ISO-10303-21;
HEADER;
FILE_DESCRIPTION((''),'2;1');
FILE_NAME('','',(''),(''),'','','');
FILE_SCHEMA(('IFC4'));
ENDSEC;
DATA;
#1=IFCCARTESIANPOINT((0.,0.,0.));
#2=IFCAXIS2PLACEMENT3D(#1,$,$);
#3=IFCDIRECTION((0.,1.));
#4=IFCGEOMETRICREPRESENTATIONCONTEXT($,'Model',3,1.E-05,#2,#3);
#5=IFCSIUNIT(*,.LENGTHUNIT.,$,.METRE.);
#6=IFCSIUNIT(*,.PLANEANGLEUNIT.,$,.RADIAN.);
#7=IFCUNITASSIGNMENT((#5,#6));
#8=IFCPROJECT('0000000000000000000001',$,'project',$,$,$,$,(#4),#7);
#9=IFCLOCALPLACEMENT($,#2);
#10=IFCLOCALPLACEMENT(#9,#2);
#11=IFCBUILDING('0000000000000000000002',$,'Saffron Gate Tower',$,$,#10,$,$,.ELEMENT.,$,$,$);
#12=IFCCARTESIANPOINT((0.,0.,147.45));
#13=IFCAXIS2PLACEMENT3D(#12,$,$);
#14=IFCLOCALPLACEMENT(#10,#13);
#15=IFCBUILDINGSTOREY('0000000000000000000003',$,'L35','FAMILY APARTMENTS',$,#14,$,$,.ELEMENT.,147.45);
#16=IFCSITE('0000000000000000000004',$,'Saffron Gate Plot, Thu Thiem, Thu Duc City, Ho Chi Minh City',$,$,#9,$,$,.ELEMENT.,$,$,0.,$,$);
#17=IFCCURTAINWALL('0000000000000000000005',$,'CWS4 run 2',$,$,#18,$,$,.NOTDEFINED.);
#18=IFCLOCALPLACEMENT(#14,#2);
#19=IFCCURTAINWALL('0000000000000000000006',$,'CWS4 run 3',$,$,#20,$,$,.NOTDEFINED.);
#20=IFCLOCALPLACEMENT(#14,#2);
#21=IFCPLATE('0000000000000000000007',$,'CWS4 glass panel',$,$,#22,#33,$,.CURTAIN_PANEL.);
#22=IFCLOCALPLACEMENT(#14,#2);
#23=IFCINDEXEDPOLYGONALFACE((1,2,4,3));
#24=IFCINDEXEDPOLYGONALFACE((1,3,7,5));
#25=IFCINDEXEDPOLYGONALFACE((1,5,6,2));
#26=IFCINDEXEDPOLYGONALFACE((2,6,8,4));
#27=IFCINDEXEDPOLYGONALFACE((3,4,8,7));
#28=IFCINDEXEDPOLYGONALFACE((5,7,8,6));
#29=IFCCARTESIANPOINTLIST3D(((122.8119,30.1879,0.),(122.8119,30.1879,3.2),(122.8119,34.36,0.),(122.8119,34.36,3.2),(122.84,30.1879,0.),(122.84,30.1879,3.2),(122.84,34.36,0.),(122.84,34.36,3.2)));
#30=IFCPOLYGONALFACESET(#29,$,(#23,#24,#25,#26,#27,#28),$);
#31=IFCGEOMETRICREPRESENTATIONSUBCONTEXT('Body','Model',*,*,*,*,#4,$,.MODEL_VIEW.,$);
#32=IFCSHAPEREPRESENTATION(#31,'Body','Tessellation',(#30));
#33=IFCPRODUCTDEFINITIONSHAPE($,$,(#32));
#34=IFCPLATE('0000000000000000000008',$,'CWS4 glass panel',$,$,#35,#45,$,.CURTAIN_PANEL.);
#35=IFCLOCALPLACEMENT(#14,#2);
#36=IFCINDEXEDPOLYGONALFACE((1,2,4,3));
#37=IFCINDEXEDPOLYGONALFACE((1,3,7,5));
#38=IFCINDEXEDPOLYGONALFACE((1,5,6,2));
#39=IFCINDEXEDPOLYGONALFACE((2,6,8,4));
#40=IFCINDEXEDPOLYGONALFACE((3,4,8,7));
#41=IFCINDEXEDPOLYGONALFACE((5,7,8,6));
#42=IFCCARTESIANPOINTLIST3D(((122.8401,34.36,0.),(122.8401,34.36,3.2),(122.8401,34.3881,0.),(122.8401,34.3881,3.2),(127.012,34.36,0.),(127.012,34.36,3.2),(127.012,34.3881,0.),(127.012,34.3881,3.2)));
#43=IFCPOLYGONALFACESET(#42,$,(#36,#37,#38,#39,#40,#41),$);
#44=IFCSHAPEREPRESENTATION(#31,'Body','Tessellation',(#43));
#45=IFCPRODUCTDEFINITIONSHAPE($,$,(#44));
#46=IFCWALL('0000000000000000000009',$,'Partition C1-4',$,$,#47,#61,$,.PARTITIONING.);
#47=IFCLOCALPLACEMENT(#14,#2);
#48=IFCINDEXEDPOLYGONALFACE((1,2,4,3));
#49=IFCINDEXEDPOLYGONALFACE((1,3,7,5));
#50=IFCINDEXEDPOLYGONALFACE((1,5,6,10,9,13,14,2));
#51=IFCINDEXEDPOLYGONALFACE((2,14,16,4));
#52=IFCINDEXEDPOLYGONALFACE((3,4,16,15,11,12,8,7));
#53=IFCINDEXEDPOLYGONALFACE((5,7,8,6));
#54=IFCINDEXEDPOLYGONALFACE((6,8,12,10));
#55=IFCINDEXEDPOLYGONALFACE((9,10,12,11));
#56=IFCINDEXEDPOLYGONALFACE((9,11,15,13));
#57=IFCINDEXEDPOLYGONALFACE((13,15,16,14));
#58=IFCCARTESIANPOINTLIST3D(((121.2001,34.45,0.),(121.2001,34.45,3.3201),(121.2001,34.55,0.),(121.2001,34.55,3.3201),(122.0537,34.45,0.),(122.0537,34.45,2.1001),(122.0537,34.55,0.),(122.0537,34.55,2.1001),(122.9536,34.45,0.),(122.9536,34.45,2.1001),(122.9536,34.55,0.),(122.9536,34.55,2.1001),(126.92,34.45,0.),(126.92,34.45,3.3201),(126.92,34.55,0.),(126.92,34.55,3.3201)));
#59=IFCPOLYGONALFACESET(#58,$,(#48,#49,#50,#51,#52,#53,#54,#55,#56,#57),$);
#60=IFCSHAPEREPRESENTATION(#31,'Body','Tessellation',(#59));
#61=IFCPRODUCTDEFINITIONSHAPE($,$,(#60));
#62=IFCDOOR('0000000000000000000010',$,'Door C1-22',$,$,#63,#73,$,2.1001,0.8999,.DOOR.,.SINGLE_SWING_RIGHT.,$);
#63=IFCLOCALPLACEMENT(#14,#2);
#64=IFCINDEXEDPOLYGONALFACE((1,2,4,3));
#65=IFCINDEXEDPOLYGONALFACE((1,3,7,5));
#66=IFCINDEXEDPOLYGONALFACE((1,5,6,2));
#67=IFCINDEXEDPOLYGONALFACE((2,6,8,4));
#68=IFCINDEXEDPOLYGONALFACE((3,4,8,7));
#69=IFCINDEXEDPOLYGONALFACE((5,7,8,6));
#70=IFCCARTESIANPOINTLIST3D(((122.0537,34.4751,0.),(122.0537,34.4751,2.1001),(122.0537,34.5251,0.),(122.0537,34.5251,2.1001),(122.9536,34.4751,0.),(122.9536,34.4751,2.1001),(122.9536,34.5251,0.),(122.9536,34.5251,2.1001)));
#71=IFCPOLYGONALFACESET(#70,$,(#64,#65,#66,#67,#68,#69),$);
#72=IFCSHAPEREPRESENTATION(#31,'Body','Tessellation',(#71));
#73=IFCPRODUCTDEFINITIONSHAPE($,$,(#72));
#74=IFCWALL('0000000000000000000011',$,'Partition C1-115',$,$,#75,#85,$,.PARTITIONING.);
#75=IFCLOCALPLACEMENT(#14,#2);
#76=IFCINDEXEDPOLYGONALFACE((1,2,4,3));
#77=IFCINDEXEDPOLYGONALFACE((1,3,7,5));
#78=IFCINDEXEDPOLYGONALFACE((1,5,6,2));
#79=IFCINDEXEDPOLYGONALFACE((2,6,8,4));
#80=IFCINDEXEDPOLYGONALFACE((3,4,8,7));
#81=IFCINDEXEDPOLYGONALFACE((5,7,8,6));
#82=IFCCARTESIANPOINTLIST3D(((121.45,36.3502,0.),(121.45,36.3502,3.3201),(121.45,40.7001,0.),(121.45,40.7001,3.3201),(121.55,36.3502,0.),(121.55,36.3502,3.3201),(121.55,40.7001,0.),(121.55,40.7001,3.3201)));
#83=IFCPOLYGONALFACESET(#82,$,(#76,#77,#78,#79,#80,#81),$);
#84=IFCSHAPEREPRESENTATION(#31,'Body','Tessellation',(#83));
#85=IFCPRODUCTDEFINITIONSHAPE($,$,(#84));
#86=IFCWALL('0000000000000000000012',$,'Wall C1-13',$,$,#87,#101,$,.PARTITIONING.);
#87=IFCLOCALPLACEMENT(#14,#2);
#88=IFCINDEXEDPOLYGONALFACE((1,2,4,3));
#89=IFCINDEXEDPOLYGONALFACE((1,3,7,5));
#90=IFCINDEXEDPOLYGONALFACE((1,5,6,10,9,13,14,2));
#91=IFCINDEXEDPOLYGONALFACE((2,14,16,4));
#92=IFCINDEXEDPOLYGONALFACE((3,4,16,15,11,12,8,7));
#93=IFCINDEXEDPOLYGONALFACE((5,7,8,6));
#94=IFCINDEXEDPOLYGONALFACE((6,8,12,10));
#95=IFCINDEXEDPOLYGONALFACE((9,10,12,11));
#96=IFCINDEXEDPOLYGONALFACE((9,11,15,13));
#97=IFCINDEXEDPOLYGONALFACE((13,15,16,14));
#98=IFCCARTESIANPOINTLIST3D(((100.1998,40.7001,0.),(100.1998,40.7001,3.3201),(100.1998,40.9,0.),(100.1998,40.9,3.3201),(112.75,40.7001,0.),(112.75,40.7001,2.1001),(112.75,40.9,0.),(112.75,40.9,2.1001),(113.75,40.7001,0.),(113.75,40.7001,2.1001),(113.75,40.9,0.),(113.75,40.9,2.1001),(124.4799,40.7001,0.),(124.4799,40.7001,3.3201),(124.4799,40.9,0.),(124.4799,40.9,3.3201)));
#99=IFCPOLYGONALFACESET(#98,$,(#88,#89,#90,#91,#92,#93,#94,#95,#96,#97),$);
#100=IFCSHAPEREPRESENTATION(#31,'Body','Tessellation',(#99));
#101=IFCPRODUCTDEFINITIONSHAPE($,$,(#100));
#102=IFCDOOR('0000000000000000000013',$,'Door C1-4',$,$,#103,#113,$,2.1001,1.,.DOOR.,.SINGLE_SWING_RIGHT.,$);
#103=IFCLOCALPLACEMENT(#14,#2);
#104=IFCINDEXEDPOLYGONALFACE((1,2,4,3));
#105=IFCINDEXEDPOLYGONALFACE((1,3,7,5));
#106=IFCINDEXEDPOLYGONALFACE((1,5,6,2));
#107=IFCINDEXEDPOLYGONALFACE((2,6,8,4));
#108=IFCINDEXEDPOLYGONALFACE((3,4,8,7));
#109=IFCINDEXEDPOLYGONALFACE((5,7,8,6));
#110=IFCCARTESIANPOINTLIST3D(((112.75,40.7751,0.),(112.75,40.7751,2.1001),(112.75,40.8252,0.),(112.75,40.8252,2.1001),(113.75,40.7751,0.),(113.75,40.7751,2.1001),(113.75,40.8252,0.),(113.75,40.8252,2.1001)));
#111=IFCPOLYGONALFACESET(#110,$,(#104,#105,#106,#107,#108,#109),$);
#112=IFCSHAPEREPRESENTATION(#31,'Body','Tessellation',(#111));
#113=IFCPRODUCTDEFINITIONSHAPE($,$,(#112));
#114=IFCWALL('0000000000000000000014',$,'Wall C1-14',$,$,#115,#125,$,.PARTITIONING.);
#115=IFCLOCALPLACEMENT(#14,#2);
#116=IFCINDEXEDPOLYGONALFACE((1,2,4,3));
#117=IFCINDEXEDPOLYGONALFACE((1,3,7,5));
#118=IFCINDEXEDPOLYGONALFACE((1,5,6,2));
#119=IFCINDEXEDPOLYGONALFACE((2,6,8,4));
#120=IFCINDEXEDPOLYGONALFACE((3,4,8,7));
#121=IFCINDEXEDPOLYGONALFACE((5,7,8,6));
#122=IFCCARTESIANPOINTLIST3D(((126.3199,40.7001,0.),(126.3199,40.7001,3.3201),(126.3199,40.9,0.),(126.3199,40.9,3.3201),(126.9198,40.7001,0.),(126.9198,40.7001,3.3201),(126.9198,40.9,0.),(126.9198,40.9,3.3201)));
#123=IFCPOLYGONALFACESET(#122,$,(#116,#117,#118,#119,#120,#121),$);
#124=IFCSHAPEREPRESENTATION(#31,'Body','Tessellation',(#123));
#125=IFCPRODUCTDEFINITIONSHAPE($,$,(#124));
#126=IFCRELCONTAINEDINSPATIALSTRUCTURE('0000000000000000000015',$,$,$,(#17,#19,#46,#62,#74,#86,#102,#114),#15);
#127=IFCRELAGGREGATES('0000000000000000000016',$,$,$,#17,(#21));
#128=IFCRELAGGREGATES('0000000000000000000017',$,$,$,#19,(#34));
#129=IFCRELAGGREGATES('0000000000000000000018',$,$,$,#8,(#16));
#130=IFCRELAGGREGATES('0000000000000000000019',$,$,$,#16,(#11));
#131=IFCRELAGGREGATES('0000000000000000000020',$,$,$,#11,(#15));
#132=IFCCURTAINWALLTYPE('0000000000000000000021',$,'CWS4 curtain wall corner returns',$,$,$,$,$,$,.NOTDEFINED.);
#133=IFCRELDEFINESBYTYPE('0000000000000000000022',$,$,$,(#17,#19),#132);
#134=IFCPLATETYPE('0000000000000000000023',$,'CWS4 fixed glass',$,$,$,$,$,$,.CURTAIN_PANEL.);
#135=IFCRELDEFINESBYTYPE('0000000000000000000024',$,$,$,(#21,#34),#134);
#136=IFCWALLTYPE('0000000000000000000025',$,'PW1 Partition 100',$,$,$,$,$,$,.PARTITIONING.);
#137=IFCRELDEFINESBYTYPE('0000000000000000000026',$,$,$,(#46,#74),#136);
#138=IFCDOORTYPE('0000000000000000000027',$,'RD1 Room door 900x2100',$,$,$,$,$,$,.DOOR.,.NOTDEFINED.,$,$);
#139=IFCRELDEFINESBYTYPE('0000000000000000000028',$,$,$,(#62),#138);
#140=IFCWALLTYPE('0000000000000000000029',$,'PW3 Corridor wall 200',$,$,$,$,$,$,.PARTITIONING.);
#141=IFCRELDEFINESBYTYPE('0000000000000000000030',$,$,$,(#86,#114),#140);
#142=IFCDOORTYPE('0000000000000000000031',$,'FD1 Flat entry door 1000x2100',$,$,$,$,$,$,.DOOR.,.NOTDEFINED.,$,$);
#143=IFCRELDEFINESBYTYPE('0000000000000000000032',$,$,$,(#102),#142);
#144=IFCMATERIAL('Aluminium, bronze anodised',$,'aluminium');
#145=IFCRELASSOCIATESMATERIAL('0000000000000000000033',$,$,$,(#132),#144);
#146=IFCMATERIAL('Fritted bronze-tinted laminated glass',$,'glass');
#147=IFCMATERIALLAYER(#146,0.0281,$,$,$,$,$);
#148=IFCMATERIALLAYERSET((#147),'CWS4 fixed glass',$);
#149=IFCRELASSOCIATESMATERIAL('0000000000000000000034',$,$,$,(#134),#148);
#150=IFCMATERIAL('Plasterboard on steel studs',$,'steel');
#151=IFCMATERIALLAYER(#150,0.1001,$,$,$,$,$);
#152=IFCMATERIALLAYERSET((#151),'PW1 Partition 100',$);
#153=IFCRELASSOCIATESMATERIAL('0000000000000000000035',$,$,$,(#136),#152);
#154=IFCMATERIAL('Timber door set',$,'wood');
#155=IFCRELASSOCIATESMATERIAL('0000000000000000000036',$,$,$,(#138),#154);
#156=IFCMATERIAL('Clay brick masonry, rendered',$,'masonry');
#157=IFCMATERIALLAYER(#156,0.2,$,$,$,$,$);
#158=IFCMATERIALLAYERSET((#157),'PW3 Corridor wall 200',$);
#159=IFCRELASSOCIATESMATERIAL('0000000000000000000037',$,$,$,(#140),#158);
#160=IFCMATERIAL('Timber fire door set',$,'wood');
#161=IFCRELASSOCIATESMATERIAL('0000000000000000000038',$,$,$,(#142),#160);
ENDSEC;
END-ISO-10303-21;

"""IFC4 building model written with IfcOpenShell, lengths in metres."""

from ifc_helpers import new_model, si_unit, direction, frame, frame_2d, origin, place, context, subcontext, project, spatial, rectangle, extrude, material, layer, layer_set, type_object, element, fill, aggregate, save


model = new_model("IFC4")

# Units and contexts
model_context = context("Model", 3, precision=1e-05, world=origin(), true_north=direction((0.0, 1.0)))
body_context = subcontext(model_context, "Body", "Model", "MODEL_VIEW")
ifc_project = project(units=[si_unit("LENGTHUNIT", "METRE"), si_unit("PLANEANGLEUNIT", "RADIAN")], contexts=[model_context])

# Site, building, storey
site_placement = place(None, origin())
site = spatial("IfcSite", under=ifc_project, at=site_placement, Name="Saffron Gate Plot, Thu Thiem, Thu Duc City, Ho Chi Minh City", CompositionType="ELEMENT", RefElevation=0.0)
building_placement = place(site_placement, origin())
building = spatial("IfcBuilding", under=site, at=building_placement, Name="Saffron Gate Tower", CompositionType="ELEMENT")
storey_placement = place(building_placement, frame((0.0, 0.0, 147.45)))
storey = spatial("IfcBuildingStorey", under=building, at=storey_placement, Name="L35", Description="FAMILY APARTMENTS", CompositionType="ELEMENT", Elevation=147.45)

# Curtain walls
ifc_material_1 = material(Name="Aluminium, bronze anodised", Category="aluminium")
curtain_wall_type_1 = type_object("IfcCurtainWallType", Name="CWS4 curtain wall corner returns", PredefinedType="NOTDEFINED", material=ifc_material_1)
curtain_wall_1_placement = place(storey_placement, origin())
curtain_wall_1 = element("IfcCurtainWall", 1, at=curtain_wall_1_placement, inside=storey, type_object=curtain_wall_type_1, Name="CWS4 run 2", PredefinedType="NOTDEFINED")
curtain_wall_2_placement = place(storey_placement, origin())
curtain_wall_2 = element("IfcCurtainWall", 2, at=curtain_wall_2_placement, inside=storey, type_object=curtain_wall_type_1, Name="CWS4 run 3", PredefinedType="NOTDEFINED")

# Shared definitions
ifc_material_2 = material(Name="Fritted bronze-tinted laminated glass", Category="glass")

# Plates
ifc_layer_1 = layer(ifc_material_2, 0.0281)
ifc_layer_set_1 = layer_set([ifc_layer_1], Name="CWS4 fixed glass")
plate_type_1 = type_object("IfcPlateType", Name="CWS4 fixed glass", PredefinedType="CURTAIN_PANEL", material=ifc_layer_set_1)
plate_1_placement = place(storey_placement, frame((122.8259, 30.188, 0.0), z_axis=(0.0, 0.0, 1.0), x_axis=(0.0, 1.0, 0.0)))
plate_1 = element("IfcPlate", 3, at=plate_1_placement, type_object=plate_type_1, Name="CWS4 glass panel", PredefinedType="CURTAIN_PANEL", context=body_context, shape_type="SweptSolid", body=[
    extrude(rectangle(XDim=4.1721, YDim=0.0281, at=frame_2d((2.0859, 0.0))), origin(), (0.0, 0.0, 1.0), 3.2),
])
aggregate(curtain_wall_1, [plate_1])
plate_2_placement = place(storey_placement, frame((122.8401, 34.374, 0.0), z_axis=(0.0, 0.0, 1.0), x_axis=(1.0, 0.0, 0.0)))
plate_2 = element("IfcPlate", 4, at=plate_2_placement, type_object=plate_type_1, Name="CWS4 glass panel", PredefinedType="CURTAIN_PANEL", context=body_context, shape_type="SweptSolid", body=[
    extrude(rectangle(XDim=4.1719, YDim=0.0281, at=frame_2d((2.0859, 0.0))), origin(), (0.0, 0.0, 1.0), 3.2),
])
aggregate(curtain_wall_2, [plate_2])

# Wall, opening, door
ifc_material_3 = material(Name="Plasterboard on steel studs", Category="steel")
ifc_layer_2 = layer(ifc_material_3, 0.1001)
ifc_layer_set_2 = layer_set([ifc_layer_2], Name="PW1 Partition 100")
wall_type_1 = type_object("IfcWallType", Name="PW1 Partition 100", PredefinedType="PARTITIONING", material=ifc_layer_set_2)
wall_1_placement = place(storey_placement, frame((126.9199, 34.5, 0.0), z_axis=(0.0, 0.0, 1.0), x_axis=(-1.0, 0.0, 0.0)))
wall_1 = element("IfcWall", 5, at=wall_1_placement, inside=storey, type_object=wall_type_1, Name="Partition C1-4", PredefinedType="PARTITIONING", context=body_context, shape_type="SweptSolid", body=[
    extrude(rectangle(XDim=5.72, YDim=0.1001, at=frame_2d((2.8599, 0.0))), origin(), (0.0, 0.0, 1.0), 3.3201),
])
opening_1_placement = place(wall_1_placement, frame((3.9663, 0.0, 0.0)))
opening_1 = element("IfcOpeningElement", 6, at=opening_1_placement, cuts=wall_1, PredefinedType="OPENING", context=body_context, shape_type="SweptSolid", body=[
    extrude(rectangle(XDim=0.8999, YDim=2.1001, at=frame_2d((0.45, 1.05))), frame((0.0, 0.0601, 0.0), z_axis=(0.0, -1.0, 0.0), x_axis=(1.0, 0.0, 0.0)), (0.0, 0.0, 1.0), 0.1201),
])
ifc_material_4 = material(Name="Timber door set", Category="wood")
door_type_1 = type_object("IfcDoorType", Name="RD1 Room door 900x2100", OperationType="NOTDEFINED", PredefinedType="DOOR", material=ifc_material_4)
door_1_placement = place(opening_1_placement, origin())
door_1 = element("IfcDoor", 7, at=door_1_placement, inside=storey, type_object=door_type_1, Name="Door C1-22", OperationType="SINGLE_SWING_RIGHT", OverallHeight=2.1001, OverallWidth=0.8999, PredefinedType="DOOR", context=body_context, shape_type="SweptSolid", body=[
    extrude(rectangle(XDim=0.8999, YDim=2.1001, at=frame_2d((0.45, 1.05))), frame((0.0, 0.0249, 0.0), z_axis=(0.0, -1.0, 0.0), x_axis=(1.0, 0.0, 0.0)), (0.0, 0.0, 1.0), 0.05),
])
fill(opening_1, door_1)

# Wall
wall_2_placement = place(storey_placement, frame((121.5, 40.7, 0.0), z_axis=(0.0, 0.0, 1.0), x_axis=(0.0, -1.0, 0.0)))
element("IfcWall", 8, at=wall_2_placement, inside=storey, type_object=wall_type_1, Name="Partition C1-115", PredefinedType="PARTITIONING", context=body_context, shape_type="SweptSolid", body=[
    extrude(rectangle(XDim=4.3499, YDim=0.1001, at=frame_2d((2.1748, 0.0))), origin(), (0.0, 0.0, 1.0), 3.3201),
])

# Wall, opening, door
ifc_material_5 = material(Name="Clay brick masonry, rendered", Category="masonry")
ifc_layer_3 = layer(ifc_material_5, 0.2)
ifc_layer_set_3 = layer_set([ifc_layer_3], Name="PW3 Corridor wall 200")
wall_type_2 = type_object("IfcWallType", Name="PW3 Corridor wall 200", PredefinedType="PARTITIONING", material=ifc_layer_set_3)
wall_3_placement = place(storey_placement, frame((124.48, 40.8, 0.0), z_axis=(0.0, 0.0, 1.0), x_axis=(-1.0, 0.0, 0.0)))
wall_3 = element("IfcWall", 9, at=wall_3_placement, inside=storey, type_object=wall_type_2, Name="Wall C1-13", PredefinedType="PARTITIONING", context=body_context, shape_type="SweptSolid", body=[
    extrude(rectangle(XDim=24.28, YDim=0.2, at=frame_2d((12.1401, 0.0))), origin(), (0.0, 0.0, 1.0), 3.3201),
])
opening_2_placement = place(wall_3_placement, frame((10.73, 0.0, 0.0)))
opening_2 = element("IfcOpeningElement", 10, at=opening_2_placement, cuts=wall_3, PredefinedType="OPENING", context=body_context, shape_type="SweptSolid", body=[
    extrude(rectangle(XDim=1.0, YDim=2.1001, at=frame_2d((0.5, 1.05))), frame((0.0, 0.1099, 0.0), z_axis=(0.0, -1.0, 0.0), x_axis=(1.0, 0.0, 0.0)), (0.0, 0.0, 1.0), 0.22),
])
ifc_material_6 = material(Name="Timber fire door set", Category="wood")
door_type_2 = type_object("IfcDoorType", Name="FD1 Flat entry door 1000x2100", OperationType="NOTDEFINED", PredefinedType="DOOR", material=ifc_material_6)
door_2_placement = place(opening_2_placement, origin())
door_2 = element("IfcDoor", 11, at=door_2_placement, inside=storey, type_object=door_type_2, Name="Door C1-4", OperationType="SINGLE_SWING_RIGHT", OverallHeight=2.1001, OverallWidth=1.0, PredefinedType="DOOR", context=body_context, shape_type="SweptSolid", body=[
    extrude(rectangle(XDim=1.0, YDim=2.1001, at=frame_2d((0.5, 1.05))), frame((0.0, 0.0249, 0.0), z_axis=(0.0, -1.0, 0.0), x_axis=(1.0, 0.0, 0.0)), (0.0, 0.0, 1.0), 0.05),
])
fill(opening_2, door_2)

# Wall
wall_4_placement = place(storey_placement, frame((126.3201, 40.8, 0.0), z_axis=(0.0, 0.0, 1.0), x_axis=(1.0, 0.0, 0.0)))
element("IfcWall", 12, at=wall_4_placement, inside=storey, type_object=wall_type_2, Name="Wall C1-14", PredefinedType="PARTITIONING", context=body_context, shape_type="SweptSolid", body=[
    extrude(rectangle(XDim=0.5999, YDim=0.2, at=frame_2d((0.2998, 0.0))), origin(), (0.0, 0.0, 1.0), 3.3201),
])

save(model, "model.ifc")
